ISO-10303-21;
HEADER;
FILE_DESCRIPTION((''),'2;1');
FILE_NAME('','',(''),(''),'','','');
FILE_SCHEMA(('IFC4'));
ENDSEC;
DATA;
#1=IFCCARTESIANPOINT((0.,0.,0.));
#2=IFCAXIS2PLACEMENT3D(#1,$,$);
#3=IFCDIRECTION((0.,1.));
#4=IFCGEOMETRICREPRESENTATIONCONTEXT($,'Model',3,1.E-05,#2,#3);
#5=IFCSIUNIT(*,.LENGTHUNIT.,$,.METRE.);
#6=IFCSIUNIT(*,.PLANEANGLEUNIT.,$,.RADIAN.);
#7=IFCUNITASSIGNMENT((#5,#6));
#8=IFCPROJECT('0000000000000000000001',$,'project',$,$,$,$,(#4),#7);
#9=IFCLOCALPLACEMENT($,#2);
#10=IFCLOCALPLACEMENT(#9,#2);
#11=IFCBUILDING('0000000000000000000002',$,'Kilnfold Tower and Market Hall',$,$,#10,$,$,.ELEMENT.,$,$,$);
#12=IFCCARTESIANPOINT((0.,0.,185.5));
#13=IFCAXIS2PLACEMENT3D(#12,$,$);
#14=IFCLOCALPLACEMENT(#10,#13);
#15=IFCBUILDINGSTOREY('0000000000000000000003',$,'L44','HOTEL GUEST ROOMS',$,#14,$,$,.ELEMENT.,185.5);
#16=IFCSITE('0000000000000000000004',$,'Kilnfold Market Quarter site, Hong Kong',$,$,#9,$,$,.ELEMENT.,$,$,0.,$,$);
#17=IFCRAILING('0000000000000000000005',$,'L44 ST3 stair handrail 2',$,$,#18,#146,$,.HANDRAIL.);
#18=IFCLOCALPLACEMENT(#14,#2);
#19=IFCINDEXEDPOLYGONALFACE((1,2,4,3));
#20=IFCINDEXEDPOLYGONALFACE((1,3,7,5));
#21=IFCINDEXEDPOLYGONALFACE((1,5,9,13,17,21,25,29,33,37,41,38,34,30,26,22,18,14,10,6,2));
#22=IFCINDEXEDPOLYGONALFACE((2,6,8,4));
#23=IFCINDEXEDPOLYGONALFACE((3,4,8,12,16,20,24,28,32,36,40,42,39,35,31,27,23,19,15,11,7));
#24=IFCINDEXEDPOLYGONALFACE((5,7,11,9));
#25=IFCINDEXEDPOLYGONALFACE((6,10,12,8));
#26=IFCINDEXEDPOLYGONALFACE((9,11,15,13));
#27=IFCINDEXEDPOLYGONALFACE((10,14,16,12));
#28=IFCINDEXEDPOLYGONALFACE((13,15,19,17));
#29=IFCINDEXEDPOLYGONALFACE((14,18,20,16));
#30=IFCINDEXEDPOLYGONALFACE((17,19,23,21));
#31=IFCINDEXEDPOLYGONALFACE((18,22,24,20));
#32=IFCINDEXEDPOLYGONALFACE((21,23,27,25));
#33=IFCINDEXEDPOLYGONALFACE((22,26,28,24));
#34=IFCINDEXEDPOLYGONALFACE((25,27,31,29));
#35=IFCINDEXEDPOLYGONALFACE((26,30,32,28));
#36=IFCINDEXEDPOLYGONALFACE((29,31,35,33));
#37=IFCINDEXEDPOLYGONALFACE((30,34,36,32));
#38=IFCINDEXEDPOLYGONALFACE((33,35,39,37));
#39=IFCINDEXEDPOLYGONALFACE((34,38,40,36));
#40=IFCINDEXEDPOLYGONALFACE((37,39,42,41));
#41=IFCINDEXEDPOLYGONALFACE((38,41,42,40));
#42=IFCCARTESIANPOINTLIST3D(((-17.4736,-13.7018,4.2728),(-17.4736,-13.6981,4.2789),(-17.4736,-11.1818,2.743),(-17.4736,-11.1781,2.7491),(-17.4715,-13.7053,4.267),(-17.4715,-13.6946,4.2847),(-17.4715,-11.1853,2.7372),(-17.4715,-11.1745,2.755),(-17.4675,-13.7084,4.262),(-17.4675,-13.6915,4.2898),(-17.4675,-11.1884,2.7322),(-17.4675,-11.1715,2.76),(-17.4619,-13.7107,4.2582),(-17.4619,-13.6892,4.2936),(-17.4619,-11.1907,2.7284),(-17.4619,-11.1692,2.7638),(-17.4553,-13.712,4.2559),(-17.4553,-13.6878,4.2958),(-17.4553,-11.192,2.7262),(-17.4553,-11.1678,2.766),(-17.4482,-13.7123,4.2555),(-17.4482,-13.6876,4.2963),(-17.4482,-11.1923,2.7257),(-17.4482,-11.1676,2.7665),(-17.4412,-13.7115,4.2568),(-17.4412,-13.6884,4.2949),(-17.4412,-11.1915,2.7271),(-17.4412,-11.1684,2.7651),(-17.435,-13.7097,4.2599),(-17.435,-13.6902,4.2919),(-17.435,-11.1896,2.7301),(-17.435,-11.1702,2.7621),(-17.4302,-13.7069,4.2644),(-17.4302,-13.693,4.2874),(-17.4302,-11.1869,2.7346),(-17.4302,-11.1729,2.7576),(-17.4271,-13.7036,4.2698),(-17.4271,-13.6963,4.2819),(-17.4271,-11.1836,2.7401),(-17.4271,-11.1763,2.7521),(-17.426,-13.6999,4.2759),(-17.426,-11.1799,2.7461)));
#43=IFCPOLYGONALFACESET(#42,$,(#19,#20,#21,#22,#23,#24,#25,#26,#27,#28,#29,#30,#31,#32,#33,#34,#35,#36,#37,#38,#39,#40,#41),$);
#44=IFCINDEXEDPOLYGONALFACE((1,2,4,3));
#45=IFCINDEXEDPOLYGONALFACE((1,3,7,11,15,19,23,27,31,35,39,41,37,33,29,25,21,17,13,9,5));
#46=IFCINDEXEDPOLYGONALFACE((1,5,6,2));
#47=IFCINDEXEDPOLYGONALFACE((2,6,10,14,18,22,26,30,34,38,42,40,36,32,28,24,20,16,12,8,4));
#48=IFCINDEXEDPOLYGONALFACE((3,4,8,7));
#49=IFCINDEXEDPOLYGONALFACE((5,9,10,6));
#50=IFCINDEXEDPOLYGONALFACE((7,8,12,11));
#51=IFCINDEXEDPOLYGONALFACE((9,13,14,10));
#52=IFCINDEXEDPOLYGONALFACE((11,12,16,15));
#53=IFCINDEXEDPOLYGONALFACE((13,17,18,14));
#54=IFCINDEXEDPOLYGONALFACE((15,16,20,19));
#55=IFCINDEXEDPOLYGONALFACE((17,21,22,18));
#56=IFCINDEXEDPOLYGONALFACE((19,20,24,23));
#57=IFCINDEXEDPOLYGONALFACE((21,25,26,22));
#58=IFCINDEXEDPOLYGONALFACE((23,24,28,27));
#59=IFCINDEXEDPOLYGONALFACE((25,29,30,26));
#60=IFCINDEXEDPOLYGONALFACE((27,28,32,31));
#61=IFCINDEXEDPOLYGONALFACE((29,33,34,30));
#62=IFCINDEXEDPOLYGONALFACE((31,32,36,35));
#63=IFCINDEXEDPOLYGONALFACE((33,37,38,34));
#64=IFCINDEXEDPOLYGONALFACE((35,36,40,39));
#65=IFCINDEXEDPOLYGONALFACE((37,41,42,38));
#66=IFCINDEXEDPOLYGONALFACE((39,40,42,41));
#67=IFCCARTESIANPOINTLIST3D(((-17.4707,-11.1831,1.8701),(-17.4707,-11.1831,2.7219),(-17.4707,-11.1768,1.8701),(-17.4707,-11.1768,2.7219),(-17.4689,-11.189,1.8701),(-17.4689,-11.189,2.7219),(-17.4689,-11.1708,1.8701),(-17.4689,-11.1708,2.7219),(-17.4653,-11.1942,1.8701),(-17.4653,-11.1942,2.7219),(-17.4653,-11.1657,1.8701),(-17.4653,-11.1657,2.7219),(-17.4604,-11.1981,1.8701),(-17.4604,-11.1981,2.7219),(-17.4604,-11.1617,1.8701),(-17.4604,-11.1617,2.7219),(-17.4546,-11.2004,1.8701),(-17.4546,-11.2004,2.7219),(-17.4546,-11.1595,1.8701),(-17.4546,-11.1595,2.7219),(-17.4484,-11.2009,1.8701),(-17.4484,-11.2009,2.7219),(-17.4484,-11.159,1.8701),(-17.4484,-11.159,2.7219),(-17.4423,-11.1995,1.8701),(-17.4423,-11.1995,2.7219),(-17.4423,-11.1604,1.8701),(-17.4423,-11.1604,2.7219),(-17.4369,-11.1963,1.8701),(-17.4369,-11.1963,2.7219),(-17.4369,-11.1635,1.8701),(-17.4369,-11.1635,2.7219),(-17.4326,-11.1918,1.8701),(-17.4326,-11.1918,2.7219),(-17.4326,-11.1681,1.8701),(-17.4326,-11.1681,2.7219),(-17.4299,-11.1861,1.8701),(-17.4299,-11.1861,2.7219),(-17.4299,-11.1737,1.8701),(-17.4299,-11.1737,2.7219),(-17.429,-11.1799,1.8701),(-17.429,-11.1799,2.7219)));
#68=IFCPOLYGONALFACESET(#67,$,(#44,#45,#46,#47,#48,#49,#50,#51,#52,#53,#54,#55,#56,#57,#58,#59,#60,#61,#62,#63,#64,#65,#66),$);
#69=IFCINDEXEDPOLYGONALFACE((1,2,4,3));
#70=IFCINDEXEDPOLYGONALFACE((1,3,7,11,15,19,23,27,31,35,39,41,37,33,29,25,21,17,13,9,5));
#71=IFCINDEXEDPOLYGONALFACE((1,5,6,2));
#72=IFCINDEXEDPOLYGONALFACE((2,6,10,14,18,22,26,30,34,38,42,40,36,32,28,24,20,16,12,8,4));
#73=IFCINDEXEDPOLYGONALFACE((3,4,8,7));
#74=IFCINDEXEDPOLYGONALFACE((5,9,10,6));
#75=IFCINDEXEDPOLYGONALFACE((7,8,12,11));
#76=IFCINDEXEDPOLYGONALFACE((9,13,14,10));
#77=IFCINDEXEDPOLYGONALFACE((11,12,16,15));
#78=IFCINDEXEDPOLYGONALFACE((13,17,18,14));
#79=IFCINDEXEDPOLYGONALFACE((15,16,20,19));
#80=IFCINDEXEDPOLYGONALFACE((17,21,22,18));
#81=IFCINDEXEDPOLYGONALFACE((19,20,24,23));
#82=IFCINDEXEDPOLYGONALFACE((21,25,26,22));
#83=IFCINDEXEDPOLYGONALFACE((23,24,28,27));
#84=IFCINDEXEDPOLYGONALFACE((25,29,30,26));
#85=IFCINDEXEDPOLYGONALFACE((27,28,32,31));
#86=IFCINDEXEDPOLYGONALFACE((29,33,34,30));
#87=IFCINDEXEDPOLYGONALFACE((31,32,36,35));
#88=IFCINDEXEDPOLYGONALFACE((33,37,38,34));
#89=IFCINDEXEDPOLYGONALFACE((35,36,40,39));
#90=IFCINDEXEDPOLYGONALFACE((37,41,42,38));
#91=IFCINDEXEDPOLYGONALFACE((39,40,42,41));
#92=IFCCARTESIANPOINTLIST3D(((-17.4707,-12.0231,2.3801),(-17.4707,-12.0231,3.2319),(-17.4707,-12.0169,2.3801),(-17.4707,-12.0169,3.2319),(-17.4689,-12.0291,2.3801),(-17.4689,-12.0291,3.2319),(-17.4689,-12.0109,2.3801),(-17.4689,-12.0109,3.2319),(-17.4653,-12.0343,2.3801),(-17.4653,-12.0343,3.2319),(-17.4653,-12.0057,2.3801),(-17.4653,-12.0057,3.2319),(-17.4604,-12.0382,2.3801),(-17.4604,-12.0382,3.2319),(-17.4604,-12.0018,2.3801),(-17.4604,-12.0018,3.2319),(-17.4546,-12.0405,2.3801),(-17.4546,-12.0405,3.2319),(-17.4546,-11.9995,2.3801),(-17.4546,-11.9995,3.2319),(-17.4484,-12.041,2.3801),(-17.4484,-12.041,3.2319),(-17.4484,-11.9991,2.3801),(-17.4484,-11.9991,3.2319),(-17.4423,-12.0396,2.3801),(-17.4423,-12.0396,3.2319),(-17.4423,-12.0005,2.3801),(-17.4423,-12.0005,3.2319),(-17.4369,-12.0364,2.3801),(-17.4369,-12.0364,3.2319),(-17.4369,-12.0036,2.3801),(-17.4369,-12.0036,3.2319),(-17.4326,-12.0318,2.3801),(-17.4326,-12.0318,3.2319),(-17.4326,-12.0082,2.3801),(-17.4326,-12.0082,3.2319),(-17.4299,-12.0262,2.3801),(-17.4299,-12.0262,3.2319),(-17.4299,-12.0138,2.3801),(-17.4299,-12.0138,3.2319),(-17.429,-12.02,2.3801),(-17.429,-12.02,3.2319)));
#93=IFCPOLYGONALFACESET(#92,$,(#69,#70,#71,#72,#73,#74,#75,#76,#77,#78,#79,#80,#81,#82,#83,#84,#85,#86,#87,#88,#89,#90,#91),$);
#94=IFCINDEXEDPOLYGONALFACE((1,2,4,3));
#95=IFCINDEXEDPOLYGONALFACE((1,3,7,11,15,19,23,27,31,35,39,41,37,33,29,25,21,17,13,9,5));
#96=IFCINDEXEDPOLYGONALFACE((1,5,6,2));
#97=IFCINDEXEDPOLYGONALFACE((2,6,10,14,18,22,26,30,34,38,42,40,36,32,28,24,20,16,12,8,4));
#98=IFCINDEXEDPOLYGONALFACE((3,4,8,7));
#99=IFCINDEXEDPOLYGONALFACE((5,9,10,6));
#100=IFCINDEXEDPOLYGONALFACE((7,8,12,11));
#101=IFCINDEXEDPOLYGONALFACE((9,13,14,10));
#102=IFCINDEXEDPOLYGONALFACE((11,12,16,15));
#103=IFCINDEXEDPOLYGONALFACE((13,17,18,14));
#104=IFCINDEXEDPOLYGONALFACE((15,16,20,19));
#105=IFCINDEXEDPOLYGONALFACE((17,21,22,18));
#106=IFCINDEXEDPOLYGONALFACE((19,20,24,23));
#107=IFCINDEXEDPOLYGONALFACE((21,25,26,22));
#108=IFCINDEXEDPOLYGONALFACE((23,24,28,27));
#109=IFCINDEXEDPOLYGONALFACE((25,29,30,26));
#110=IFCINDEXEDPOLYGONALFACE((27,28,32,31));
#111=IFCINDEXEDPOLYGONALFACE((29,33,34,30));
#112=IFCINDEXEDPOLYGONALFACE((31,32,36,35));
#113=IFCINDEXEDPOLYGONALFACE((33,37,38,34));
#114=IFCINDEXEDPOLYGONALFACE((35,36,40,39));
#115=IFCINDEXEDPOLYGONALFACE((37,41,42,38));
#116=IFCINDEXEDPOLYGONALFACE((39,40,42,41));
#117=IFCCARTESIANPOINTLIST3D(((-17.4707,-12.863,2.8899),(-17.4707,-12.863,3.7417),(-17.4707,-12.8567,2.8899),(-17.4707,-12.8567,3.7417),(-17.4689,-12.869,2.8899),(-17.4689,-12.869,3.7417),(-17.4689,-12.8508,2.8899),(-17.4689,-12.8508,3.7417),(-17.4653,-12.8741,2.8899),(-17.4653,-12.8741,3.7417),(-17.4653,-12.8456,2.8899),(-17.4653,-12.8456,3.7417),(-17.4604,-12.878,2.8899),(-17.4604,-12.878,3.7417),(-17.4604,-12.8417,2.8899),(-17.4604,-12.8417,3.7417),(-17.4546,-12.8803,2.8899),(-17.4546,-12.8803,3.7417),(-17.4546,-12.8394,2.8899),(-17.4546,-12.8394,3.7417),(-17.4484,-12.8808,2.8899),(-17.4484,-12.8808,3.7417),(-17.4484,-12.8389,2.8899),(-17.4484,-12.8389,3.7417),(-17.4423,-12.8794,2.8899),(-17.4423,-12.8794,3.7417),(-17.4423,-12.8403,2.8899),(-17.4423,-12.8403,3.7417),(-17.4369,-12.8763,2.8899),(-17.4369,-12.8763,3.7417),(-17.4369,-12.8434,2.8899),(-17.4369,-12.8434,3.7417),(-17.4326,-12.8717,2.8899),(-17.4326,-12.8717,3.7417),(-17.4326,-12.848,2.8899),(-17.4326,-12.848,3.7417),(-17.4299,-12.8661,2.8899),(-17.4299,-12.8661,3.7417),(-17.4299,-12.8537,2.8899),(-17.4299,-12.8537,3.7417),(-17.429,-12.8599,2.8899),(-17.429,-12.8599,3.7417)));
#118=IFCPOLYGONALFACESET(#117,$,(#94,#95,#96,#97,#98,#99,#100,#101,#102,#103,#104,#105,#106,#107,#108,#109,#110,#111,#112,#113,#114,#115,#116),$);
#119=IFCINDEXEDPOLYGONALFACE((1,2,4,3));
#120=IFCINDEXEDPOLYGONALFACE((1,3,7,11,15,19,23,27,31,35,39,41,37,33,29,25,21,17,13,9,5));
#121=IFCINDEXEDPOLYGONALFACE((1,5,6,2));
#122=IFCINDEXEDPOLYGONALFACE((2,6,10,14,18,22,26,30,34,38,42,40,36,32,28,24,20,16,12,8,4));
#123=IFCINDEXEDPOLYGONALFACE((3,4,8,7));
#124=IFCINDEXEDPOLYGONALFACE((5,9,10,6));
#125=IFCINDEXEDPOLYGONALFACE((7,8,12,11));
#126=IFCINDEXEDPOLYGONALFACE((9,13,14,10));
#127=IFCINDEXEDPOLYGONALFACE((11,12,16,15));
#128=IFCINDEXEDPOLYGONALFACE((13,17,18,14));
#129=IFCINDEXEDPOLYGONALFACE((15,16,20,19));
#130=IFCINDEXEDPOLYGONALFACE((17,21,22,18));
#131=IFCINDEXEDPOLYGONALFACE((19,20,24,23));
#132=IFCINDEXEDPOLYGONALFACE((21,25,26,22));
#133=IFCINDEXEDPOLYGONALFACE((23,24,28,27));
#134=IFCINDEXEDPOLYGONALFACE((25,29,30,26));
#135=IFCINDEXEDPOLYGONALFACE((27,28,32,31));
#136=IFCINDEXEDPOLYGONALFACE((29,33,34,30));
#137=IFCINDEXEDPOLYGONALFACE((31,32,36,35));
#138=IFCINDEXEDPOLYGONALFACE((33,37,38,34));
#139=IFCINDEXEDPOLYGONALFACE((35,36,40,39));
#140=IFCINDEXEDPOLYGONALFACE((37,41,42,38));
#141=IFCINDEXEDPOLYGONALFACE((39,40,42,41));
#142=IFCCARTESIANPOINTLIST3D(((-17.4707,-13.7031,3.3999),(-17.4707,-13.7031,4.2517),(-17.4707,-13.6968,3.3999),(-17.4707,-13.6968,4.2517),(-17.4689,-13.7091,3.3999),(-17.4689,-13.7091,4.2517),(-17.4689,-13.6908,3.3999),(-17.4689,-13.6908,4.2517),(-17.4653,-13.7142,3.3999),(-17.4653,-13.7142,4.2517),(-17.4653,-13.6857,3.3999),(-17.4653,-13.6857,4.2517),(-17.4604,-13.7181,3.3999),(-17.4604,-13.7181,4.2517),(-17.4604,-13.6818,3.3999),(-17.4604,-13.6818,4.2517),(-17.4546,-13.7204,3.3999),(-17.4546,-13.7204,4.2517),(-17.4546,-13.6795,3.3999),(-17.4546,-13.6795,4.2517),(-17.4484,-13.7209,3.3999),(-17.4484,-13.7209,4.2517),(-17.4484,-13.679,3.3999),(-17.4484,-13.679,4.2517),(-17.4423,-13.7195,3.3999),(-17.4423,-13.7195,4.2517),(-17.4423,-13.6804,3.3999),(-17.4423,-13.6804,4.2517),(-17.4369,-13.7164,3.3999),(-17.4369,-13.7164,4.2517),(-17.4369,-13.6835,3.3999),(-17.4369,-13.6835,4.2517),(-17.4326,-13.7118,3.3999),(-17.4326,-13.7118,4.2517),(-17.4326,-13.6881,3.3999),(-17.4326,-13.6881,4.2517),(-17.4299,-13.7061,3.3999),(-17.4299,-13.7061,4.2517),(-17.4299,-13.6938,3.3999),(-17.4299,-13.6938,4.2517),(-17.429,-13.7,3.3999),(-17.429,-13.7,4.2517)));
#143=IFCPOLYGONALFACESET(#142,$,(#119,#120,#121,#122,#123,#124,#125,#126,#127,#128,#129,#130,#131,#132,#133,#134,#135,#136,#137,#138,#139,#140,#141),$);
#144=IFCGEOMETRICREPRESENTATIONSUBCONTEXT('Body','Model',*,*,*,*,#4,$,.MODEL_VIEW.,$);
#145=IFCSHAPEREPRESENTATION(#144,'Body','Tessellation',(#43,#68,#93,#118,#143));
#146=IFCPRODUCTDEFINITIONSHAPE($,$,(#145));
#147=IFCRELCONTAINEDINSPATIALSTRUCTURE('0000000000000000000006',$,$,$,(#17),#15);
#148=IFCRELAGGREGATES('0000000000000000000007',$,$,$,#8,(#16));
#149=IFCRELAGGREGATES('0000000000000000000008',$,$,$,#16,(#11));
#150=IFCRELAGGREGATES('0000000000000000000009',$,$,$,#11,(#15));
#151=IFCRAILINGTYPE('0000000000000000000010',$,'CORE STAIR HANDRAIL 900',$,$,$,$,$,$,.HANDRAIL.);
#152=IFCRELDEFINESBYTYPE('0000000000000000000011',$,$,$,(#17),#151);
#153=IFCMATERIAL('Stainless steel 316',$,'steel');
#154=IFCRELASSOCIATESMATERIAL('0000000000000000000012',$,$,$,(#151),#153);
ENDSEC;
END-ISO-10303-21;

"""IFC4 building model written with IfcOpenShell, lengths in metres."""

from ifc_helpers import new_model, si_unit, direction, frame, origin, origin_2d, place, context, subcontext, project, spatial, circle, extrude, material, type_object, element, save


model = new_model("IFC4")

# Units and contexts
model_context = context("Model", 3, precision=1e-05, world=origin(), true_north=direction((0.0, 1.0)))
body_context = subcontext(model_context, "Body", "Model", "MODEL_VIEW")
ifc_project = project(units=[si_unit("LENGTHUNIT", "METRE"), si_unit("PLANEANGLEUNIT", "RADIAN")], contexts=[model_context])

# Site, building, storey
site_placement = place(None, origin())
site = spatial("IfcSite", under=ifc_project, at=site_placement, Name="Kilnfold Market Quarter site, Hong Kong", CompositionType="ELEMENT", RefElevation=0.0)
building_placement = place(site_placement, origin())
building = spatial("IfcBuilding", under=site, at=building_placement, Name="Kilnfold Tower and Market Hall", CompositionType="ELEMENT")
storey_placement = place(building_placement, frame((0.0, 0.0, 185.5)))
storey = spatial("IfcBuildingStorey", under=building, at=storey_placement, Name="L44", Description="HOTEL GUEST ROOMS", CompositionType="ELEMENT", Elevation=185.5)

# Railing
ifc_material_1 = material(Name="Stainless steel 316", Category="steel")
railing_type_1 = type_object("IfcRailingType", Name="CORE STAIR HANDRAIL 900", PredefinedType="HANDRAIL", material=ifc_material_1)
railing_1_placement = place(storey_placement, frame((-17.45, -11.1799, 1.8701)))
element("IfcRailing", 1, at=railing_1_placement, inside=storey, type_object=railing_type_1, Name="L44 ST3 stair handrail 2", PredefinedType="HANDRAIL", context=body_context, shape_type="SweptSolid", body=[
    extrude(circle(Radius=0.0239, at=origin_2d()), frame((0.0, 0.0, 0.876), z_axis=(0.0, -0.854822, 0.518922), x_axis=(1.0, 0.0, 0.0)), (0.0, 0.0, 1.0), 2.948),
    extrude(circle(Radius=0.021, at=origin_2d()), origin(), (0.0, 0.0, 1.0), 0.8518),
    extrude(circle(Radius=0.021, at=origin_2d()), frame((0.0, -0.8401, 0.51)), (0.0, 0.0, 1.0), 0.8518),
    extrude(circle(Radius=0.021, at=origin_2d()), frame((0.0, -1.6799, 1.0198)), (0.0, 0.0, 1.0), 0.8518),
    extrude(circle(Radius=0.021, at=origin_2d()), frame((0.0, -2.52, 1.5298)), (0.0, 0.0, 1.0), 0.8518),
])

save(model, "model.ifc")
